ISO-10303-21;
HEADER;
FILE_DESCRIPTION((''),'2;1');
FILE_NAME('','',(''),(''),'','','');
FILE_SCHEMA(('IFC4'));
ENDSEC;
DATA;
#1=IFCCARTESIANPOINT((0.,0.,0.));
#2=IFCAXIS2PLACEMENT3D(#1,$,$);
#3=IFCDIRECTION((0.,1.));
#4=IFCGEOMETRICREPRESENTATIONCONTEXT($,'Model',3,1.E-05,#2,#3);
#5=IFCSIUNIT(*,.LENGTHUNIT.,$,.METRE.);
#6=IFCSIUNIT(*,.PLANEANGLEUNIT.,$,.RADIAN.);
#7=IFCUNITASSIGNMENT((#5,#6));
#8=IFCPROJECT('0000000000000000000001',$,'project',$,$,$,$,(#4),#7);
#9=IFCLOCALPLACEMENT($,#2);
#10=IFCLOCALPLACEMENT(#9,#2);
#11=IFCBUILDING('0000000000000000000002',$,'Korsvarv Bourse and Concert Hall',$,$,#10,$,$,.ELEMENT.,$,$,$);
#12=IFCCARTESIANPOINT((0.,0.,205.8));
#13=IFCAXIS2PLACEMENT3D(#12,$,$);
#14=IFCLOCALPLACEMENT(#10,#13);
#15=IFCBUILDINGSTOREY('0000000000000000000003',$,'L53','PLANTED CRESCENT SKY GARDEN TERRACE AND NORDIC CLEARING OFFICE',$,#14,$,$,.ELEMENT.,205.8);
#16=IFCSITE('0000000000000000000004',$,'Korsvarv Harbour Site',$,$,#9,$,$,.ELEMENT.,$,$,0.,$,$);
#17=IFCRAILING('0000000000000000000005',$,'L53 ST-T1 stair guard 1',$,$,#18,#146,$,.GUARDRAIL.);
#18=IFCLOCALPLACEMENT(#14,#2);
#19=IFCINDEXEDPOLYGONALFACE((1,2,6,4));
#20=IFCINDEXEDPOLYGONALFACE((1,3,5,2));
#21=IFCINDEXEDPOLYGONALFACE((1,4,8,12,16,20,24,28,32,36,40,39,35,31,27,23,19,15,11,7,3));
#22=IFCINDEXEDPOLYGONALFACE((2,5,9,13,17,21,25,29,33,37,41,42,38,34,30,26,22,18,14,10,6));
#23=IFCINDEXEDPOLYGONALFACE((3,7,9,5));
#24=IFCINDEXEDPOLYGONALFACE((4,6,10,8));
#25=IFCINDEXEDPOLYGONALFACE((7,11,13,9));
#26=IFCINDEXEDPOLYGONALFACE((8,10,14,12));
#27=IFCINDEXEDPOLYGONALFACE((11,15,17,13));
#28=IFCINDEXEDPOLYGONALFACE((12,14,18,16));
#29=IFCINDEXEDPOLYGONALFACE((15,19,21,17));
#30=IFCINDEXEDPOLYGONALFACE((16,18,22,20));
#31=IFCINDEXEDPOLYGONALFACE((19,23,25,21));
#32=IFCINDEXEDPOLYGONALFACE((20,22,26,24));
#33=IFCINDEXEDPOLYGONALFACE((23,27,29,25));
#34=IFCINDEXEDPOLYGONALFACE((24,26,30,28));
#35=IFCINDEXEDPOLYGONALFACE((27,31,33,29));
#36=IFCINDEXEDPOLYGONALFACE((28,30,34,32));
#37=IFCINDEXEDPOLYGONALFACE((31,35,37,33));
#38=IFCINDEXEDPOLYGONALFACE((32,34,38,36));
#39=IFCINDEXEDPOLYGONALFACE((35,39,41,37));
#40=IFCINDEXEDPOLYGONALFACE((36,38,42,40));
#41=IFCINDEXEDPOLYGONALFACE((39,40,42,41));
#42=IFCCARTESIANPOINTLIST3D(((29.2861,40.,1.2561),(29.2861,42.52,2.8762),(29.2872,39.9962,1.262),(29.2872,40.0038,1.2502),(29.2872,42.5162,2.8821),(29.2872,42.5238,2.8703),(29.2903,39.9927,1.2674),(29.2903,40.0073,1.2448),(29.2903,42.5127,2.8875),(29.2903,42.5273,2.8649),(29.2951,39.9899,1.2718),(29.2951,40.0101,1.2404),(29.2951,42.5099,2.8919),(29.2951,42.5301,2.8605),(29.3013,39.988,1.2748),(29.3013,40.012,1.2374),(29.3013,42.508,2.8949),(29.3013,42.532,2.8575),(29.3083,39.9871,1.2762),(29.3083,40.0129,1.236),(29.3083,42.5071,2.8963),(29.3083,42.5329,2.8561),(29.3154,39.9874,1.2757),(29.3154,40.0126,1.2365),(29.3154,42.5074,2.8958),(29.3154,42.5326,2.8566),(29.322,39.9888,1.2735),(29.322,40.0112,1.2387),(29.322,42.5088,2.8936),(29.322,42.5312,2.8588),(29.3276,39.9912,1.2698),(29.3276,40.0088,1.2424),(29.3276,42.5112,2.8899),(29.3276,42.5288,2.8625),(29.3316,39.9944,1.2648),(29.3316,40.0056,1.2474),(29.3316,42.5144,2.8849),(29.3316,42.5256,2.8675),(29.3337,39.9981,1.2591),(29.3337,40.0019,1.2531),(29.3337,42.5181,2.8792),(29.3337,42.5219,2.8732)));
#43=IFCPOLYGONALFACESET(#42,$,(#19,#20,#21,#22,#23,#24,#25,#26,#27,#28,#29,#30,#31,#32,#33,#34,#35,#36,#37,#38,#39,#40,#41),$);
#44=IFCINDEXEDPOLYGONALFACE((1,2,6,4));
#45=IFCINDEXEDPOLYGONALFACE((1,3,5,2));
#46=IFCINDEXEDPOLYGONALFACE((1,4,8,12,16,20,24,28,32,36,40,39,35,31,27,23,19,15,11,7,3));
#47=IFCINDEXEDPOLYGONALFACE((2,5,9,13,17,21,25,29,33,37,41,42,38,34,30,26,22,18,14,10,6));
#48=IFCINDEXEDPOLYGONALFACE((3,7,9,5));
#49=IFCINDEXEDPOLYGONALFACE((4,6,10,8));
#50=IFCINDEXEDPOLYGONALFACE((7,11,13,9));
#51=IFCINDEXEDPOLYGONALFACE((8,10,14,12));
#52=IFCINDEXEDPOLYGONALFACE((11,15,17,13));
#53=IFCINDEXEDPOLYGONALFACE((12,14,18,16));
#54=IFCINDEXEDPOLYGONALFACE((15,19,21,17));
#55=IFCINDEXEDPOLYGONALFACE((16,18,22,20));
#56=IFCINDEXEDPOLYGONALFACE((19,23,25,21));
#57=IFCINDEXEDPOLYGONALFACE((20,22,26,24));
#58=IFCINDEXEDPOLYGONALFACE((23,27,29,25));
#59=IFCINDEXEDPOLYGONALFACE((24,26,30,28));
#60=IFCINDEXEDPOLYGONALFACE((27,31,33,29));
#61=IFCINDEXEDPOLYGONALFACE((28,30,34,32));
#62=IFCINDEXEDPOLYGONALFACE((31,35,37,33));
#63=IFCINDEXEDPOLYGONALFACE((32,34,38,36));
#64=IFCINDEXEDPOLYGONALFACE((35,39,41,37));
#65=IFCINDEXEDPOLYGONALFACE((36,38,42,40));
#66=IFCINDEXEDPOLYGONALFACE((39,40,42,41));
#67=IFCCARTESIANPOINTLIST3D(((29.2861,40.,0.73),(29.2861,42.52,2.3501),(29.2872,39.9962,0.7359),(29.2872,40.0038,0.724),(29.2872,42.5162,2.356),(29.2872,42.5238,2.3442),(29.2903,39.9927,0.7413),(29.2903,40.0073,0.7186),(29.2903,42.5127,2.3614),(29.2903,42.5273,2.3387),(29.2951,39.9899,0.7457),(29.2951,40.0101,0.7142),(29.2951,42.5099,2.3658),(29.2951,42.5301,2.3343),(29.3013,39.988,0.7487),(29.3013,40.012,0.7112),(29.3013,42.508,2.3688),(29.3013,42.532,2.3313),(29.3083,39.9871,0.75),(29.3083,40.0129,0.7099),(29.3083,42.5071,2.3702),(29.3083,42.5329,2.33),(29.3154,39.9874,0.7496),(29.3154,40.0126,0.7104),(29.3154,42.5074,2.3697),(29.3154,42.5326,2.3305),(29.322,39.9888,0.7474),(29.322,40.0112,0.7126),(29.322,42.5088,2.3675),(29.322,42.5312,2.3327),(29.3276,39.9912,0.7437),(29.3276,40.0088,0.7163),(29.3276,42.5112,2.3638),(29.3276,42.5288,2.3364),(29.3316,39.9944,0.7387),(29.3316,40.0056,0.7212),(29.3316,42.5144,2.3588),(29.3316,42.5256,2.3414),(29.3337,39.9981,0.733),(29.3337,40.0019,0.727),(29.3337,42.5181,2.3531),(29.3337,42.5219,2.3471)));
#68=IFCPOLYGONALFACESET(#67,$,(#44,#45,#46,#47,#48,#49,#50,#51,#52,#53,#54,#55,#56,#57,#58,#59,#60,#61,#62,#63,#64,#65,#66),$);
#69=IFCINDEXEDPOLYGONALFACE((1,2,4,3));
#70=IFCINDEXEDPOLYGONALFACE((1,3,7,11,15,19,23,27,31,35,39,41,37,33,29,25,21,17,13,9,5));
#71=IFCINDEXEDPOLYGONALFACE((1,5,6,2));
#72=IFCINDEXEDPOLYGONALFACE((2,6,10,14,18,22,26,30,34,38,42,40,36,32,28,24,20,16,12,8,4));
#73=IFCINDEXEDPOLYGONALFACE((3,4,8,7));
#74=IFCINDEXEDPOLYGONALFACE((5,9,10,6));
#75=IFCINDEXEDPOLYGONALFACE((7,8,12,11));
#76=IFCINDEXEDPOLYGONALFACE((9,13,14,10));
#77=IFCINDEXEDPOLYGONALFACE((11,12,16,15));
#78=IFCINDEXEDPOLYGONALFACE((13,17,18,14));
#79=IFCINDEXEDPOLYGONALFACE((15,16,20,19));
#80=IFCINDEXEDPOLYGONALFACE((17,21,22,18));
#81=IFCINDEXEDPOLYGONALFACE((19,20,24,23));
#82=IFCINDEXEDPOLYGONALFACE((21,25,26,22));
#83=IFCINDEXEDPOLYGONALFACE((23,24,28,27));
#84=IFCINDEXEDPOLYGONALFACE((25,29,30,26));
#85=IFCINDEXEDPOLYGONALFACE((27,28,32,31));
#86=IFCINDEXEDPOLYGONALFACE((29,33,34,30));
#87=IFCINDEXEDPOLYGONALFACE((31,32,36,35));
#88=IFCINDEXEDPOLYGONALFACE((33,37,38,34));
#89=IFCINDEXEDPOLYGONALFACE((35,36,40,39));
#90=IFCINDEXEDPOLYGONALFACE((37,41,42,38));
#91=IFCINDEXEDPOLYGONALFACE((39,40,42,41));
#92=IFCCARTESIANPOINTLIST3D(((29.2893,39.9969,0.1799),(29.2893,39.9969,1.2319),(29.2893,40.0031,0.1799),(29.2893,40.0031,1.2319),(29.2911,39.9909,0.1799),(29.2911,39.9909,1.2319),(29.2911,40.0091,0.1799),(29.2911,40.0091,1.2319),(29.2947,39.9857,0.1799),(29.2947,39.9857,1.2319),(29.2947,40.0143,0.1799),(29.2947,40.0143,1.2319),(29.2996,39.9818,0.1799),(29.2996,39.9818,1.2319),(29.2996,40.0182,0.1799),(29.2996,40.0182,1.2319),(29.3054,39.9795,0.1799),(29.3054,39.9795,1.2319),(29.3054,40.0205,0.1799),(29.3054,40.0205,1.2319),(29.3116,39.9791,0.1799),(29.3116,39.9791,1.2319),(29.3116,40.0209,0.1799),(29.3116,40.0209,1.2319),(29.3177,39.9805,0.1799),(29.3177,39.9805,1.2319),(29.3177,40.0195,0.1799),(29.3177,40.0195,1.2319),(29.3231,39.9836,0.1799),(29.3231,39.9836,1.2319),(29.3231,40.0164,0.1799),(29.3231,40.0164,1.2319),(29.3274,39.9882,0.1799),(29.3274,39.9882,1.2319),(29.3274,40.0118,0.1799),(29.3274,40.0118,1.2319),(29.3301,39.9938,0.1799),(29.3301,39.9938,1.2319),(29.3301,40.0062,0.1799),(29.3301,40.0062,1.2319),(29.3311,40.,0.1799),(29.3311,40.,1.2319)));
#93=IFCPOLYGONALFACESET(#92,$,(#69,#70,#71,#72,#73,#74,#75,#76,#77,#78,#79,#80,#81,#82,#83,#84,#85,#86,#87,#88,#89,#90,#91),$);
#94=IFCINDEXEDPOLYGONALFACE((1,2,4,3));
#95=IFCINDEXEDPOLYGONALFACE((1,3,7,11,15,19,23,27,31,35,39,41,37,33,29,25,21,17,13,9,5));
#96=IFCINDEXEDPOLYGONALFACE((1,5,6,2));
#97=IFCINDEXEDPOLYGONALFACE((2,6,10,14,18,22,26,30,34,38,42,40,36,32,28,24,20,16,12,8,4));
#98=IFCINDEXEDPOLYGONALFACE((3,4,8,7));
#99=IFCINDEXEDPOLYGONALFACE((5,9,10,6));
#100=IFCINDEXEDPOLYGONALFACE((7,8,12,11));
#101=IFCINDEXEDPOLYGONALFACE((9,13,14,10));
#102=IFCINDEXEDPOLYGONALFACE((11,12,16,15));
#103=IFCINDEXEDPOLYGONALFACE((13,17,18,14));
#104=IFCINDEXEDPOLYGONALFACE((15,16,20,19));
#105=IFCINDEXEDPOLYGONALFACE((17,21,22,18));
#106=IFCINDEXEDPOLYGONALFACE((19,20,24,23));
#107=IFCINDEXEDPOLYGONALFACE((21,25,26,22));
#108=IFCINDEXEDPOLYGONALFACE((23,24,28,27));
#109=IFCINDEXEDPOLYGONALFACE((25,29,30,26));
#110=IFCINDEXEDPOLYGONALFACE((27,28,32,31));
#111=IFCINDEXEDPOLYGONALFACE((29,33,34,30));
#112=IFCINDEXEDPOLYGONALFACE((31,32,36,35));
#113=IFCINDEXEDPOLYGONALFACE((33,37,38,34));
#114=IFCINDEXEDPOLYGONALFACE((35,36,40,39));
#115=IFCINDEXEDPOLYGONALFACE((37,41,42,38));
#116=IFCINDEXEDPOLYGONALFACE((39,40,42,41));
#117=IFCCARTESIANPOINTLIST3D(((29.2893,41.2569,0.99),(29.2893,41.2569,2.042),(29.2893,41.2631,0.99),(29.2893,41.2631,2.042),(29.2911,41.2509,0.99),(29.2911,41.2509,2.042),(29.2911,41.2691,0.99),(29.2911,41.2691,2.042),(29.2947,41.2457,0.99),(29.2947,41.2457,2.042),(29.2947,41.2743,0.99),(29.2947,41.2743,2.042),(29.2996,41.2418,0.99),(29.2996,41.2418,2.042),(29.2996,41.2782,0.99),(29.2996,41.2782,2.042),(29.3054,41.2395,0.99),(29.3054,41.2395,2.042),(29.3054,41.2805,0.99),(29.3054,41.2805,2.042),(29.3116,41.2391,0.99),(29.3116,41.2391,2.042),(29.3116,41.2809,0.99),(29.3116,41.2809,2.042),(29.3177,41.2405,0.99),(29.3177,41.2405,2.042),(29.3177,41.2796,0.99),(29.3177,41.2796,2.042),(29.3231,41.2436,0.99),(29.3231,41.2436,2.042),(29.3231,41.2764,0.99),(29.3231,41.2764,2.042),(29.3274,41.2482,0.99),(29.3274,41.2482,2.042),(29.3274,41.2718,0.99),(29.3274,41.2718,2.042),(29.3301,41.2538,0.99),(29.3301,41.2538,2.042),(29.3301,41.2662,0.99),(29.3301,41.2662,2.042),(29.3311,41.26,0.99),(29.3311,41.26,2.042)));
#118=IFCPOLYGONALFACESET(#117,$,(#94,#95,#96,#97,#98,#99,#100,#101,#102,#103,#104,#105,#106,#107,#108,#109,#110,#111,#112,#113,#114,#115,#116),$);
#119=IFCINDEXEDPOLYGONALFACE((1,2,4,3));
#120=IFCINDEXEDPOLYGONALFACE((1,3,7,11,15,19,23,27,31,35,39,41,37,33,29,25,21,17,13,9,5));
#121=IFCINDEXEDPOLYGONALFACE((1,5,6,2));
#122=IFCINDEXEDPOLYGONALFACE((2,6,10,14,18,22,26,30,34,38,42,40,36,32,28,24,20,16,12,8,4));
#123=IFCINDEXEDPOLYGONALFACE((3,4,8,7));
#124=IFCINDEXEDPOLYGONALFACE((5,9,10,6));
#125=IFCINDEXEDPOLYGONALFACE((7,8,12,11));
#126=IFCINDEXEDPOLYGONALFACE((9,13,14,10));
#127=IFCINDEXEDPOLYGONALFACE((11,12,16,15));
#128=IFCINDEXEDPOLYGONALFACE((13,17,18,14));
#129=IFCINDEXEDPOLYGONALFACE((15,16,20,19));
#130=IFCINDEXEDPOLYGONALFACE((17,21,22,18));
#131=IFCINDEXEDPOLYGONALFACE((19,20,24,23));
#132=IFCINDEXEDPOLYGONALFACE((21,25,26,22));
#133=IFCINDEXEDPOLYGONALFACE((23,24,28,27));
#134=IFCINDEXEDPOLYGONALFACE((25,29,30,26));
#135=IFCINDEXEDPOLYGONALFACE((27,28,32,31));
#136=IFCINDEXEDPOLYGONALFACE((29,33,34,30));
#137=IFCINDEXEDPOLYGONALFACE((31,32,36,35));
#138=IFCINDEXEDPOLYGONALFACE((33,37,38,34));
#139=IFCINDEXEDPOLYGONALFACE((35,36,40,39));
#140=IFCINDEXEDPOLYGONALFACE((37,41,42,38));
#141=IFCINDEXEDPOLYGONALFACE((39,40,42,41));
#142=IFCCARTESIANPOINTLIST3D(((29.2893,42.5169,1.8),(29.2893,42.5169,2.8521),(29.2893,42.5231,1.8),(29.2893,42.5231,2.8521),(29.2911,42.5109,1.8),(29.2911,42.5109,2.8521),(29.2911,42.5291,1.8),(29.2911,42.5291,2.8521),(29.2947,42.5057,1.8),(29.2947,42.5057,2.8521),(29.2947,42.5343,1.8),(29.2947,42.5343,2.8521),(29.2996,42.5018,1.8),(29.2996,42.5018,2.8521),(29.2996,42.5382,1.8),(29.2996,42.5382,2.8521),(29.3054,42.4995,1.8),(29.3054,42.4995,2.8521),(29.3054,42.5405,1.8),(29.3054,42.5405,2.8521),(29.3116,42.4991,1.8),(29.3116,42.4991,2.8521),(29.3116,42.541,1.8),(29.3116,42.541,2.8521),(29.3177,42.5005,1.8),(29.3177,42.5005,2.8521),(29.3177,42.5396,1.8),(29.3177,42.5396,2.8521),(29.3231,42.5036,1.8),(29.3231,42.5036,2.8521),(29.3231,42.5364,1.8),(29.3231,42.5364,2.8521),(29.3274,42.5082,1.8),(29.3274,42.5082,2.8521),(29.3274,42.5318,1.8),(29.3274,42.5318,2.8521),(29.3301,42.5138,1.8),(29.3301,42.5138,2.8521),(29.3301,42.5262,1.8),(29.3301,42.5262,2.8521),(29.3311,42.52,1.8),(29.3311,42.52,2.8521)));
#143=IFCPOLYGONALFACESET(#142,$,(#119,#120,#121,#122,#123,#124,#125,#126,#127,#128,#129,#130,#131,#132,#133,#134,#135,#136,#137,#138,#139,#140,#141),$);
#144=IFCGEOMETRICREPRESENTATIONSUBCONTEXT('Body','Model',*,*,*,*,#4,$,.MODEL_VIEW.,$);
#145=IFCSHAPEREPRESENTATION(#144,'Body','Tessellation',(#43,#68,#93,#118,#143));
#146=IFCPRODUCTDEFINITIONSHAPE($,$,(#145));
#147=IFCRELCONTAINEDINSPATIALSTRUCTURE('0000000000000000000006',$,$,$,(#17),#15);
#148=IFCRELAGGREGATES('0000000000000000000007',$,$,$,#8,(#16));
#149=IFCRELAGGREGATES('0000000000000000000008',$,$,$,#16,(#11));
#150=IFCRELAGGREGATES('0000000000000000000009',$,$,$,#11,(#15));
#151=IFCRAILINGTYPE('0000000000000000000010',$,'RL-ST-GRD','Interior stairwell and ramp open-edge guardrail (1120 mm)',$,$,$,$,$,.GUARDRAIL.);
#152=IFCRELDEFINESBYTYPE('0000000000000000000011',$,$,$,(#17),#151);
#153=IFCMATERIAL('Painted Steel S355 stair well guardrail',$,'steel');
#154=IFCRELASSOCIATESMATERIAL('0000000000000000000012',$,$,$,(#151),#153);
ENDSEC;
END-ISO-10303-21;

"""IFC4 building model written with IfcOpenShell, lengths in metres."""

from ifc_helpers import new_model, si_unit, direction, frame, origin, origin_2d, place, context, subcontext, project, spatial, circle, extrude, material, type_object, element, save


model = new_model("IFC4")

# Units and contexts
model_context = context("Model", 3, precision=1e-05, world=origin(), true_north=direction((0.0, 1.0)))
body_context = subcontext(model_context, "Body", "Model", "MODEL_VIEW")
ifc_project = project(units=[si_unit("LENGTHUNIT", "METRE"), si_unit("PLANEANGLEUNIT", "RADIAN")], contexts=[model_context])

# Site, building, storey
site_placement = place(None, origin())
site = spatial("IfcSite", under=ifc_project, at=site_placement, Name="Korsvarv Harbour Site", CompositionType="ELEMENT", RefElevation=0.0)
building_placement = place(site_placement, origin())
building = spatial("IfcBuilding", under=site, at=building_placement, Name="Korsvarv Bourse and Concert Hall", CompositionType="ELEMENT")
storey_placement = place(building_placement, frame((0.0, 0.0, 205.8)))
storey = spatial("IfcBuildingStorey", under=building, at=storey_placement, Name="L53", Description="PLANTED CRESCENT SKY GARDEN TERRACE AND NORDIC CLEARING OFFICE", CompositionType="ELEMENT", Elevation=205.8)

# Railing
ifc_material_1 = material(Name="Painted Steel S355 stair well guardrail", Category="steel")
railing_type_1 = type_object("IfcRailingType", Name="RL-ST-GRD", Description="Interior stairwell and ramp open-edge guardrail (1120 mm)", PredefinedType="GUARDRAIL", material=ifc_material_1)
railing_1_placement = place(storey_placement, frame((29.3101, 40.0, 0.1799)))
element("IfcRailing", 1, at=railing_1_placement, inside=storey, type_object=railing_type_1, Name="L53 ST-T1 stair guard 1", PredefinedType="GUARDRAIL", context=body_context, shape_type="SweptSolid", body=[
    extrude(circle(Radius=0.0239, at=origin_2d()), frame((0.0, 0.0, 1.0762), z_axis=(0.0, 0.841163, 0.540782), x_axis=(-1.0, 0.0, 0.0)), (0.0, 0.0, 1.0), 2.9958),
    extrude(circle(Radius=0.0239, at=origin_2d()), frame((0.0, 0.0, 0.55), z_axis=(0.0, 0.841163, 0.540782), x_axis=(-1.0, 0.0, 0.0)), (0.0, 0.0, 1.0), 2.9958),
    extrude(circle(Radius=0.021, at=origin_2d()), origin(), (0.0, 0.0, 1.0), 1.052),
    extrude(circle(Radius=0.021, at=origin_2d()), frame((0.0, 1.26, 0.8101)), (0.0, 0.0, 1.0), 1.052),
    extrude(circle(Radius=0.021, at=origin_2d()), frame((0.0, 2.52, 1.6201)), (0.0, 0.0, 1.0), 1.052),
])

save(model, "model.ifc")
